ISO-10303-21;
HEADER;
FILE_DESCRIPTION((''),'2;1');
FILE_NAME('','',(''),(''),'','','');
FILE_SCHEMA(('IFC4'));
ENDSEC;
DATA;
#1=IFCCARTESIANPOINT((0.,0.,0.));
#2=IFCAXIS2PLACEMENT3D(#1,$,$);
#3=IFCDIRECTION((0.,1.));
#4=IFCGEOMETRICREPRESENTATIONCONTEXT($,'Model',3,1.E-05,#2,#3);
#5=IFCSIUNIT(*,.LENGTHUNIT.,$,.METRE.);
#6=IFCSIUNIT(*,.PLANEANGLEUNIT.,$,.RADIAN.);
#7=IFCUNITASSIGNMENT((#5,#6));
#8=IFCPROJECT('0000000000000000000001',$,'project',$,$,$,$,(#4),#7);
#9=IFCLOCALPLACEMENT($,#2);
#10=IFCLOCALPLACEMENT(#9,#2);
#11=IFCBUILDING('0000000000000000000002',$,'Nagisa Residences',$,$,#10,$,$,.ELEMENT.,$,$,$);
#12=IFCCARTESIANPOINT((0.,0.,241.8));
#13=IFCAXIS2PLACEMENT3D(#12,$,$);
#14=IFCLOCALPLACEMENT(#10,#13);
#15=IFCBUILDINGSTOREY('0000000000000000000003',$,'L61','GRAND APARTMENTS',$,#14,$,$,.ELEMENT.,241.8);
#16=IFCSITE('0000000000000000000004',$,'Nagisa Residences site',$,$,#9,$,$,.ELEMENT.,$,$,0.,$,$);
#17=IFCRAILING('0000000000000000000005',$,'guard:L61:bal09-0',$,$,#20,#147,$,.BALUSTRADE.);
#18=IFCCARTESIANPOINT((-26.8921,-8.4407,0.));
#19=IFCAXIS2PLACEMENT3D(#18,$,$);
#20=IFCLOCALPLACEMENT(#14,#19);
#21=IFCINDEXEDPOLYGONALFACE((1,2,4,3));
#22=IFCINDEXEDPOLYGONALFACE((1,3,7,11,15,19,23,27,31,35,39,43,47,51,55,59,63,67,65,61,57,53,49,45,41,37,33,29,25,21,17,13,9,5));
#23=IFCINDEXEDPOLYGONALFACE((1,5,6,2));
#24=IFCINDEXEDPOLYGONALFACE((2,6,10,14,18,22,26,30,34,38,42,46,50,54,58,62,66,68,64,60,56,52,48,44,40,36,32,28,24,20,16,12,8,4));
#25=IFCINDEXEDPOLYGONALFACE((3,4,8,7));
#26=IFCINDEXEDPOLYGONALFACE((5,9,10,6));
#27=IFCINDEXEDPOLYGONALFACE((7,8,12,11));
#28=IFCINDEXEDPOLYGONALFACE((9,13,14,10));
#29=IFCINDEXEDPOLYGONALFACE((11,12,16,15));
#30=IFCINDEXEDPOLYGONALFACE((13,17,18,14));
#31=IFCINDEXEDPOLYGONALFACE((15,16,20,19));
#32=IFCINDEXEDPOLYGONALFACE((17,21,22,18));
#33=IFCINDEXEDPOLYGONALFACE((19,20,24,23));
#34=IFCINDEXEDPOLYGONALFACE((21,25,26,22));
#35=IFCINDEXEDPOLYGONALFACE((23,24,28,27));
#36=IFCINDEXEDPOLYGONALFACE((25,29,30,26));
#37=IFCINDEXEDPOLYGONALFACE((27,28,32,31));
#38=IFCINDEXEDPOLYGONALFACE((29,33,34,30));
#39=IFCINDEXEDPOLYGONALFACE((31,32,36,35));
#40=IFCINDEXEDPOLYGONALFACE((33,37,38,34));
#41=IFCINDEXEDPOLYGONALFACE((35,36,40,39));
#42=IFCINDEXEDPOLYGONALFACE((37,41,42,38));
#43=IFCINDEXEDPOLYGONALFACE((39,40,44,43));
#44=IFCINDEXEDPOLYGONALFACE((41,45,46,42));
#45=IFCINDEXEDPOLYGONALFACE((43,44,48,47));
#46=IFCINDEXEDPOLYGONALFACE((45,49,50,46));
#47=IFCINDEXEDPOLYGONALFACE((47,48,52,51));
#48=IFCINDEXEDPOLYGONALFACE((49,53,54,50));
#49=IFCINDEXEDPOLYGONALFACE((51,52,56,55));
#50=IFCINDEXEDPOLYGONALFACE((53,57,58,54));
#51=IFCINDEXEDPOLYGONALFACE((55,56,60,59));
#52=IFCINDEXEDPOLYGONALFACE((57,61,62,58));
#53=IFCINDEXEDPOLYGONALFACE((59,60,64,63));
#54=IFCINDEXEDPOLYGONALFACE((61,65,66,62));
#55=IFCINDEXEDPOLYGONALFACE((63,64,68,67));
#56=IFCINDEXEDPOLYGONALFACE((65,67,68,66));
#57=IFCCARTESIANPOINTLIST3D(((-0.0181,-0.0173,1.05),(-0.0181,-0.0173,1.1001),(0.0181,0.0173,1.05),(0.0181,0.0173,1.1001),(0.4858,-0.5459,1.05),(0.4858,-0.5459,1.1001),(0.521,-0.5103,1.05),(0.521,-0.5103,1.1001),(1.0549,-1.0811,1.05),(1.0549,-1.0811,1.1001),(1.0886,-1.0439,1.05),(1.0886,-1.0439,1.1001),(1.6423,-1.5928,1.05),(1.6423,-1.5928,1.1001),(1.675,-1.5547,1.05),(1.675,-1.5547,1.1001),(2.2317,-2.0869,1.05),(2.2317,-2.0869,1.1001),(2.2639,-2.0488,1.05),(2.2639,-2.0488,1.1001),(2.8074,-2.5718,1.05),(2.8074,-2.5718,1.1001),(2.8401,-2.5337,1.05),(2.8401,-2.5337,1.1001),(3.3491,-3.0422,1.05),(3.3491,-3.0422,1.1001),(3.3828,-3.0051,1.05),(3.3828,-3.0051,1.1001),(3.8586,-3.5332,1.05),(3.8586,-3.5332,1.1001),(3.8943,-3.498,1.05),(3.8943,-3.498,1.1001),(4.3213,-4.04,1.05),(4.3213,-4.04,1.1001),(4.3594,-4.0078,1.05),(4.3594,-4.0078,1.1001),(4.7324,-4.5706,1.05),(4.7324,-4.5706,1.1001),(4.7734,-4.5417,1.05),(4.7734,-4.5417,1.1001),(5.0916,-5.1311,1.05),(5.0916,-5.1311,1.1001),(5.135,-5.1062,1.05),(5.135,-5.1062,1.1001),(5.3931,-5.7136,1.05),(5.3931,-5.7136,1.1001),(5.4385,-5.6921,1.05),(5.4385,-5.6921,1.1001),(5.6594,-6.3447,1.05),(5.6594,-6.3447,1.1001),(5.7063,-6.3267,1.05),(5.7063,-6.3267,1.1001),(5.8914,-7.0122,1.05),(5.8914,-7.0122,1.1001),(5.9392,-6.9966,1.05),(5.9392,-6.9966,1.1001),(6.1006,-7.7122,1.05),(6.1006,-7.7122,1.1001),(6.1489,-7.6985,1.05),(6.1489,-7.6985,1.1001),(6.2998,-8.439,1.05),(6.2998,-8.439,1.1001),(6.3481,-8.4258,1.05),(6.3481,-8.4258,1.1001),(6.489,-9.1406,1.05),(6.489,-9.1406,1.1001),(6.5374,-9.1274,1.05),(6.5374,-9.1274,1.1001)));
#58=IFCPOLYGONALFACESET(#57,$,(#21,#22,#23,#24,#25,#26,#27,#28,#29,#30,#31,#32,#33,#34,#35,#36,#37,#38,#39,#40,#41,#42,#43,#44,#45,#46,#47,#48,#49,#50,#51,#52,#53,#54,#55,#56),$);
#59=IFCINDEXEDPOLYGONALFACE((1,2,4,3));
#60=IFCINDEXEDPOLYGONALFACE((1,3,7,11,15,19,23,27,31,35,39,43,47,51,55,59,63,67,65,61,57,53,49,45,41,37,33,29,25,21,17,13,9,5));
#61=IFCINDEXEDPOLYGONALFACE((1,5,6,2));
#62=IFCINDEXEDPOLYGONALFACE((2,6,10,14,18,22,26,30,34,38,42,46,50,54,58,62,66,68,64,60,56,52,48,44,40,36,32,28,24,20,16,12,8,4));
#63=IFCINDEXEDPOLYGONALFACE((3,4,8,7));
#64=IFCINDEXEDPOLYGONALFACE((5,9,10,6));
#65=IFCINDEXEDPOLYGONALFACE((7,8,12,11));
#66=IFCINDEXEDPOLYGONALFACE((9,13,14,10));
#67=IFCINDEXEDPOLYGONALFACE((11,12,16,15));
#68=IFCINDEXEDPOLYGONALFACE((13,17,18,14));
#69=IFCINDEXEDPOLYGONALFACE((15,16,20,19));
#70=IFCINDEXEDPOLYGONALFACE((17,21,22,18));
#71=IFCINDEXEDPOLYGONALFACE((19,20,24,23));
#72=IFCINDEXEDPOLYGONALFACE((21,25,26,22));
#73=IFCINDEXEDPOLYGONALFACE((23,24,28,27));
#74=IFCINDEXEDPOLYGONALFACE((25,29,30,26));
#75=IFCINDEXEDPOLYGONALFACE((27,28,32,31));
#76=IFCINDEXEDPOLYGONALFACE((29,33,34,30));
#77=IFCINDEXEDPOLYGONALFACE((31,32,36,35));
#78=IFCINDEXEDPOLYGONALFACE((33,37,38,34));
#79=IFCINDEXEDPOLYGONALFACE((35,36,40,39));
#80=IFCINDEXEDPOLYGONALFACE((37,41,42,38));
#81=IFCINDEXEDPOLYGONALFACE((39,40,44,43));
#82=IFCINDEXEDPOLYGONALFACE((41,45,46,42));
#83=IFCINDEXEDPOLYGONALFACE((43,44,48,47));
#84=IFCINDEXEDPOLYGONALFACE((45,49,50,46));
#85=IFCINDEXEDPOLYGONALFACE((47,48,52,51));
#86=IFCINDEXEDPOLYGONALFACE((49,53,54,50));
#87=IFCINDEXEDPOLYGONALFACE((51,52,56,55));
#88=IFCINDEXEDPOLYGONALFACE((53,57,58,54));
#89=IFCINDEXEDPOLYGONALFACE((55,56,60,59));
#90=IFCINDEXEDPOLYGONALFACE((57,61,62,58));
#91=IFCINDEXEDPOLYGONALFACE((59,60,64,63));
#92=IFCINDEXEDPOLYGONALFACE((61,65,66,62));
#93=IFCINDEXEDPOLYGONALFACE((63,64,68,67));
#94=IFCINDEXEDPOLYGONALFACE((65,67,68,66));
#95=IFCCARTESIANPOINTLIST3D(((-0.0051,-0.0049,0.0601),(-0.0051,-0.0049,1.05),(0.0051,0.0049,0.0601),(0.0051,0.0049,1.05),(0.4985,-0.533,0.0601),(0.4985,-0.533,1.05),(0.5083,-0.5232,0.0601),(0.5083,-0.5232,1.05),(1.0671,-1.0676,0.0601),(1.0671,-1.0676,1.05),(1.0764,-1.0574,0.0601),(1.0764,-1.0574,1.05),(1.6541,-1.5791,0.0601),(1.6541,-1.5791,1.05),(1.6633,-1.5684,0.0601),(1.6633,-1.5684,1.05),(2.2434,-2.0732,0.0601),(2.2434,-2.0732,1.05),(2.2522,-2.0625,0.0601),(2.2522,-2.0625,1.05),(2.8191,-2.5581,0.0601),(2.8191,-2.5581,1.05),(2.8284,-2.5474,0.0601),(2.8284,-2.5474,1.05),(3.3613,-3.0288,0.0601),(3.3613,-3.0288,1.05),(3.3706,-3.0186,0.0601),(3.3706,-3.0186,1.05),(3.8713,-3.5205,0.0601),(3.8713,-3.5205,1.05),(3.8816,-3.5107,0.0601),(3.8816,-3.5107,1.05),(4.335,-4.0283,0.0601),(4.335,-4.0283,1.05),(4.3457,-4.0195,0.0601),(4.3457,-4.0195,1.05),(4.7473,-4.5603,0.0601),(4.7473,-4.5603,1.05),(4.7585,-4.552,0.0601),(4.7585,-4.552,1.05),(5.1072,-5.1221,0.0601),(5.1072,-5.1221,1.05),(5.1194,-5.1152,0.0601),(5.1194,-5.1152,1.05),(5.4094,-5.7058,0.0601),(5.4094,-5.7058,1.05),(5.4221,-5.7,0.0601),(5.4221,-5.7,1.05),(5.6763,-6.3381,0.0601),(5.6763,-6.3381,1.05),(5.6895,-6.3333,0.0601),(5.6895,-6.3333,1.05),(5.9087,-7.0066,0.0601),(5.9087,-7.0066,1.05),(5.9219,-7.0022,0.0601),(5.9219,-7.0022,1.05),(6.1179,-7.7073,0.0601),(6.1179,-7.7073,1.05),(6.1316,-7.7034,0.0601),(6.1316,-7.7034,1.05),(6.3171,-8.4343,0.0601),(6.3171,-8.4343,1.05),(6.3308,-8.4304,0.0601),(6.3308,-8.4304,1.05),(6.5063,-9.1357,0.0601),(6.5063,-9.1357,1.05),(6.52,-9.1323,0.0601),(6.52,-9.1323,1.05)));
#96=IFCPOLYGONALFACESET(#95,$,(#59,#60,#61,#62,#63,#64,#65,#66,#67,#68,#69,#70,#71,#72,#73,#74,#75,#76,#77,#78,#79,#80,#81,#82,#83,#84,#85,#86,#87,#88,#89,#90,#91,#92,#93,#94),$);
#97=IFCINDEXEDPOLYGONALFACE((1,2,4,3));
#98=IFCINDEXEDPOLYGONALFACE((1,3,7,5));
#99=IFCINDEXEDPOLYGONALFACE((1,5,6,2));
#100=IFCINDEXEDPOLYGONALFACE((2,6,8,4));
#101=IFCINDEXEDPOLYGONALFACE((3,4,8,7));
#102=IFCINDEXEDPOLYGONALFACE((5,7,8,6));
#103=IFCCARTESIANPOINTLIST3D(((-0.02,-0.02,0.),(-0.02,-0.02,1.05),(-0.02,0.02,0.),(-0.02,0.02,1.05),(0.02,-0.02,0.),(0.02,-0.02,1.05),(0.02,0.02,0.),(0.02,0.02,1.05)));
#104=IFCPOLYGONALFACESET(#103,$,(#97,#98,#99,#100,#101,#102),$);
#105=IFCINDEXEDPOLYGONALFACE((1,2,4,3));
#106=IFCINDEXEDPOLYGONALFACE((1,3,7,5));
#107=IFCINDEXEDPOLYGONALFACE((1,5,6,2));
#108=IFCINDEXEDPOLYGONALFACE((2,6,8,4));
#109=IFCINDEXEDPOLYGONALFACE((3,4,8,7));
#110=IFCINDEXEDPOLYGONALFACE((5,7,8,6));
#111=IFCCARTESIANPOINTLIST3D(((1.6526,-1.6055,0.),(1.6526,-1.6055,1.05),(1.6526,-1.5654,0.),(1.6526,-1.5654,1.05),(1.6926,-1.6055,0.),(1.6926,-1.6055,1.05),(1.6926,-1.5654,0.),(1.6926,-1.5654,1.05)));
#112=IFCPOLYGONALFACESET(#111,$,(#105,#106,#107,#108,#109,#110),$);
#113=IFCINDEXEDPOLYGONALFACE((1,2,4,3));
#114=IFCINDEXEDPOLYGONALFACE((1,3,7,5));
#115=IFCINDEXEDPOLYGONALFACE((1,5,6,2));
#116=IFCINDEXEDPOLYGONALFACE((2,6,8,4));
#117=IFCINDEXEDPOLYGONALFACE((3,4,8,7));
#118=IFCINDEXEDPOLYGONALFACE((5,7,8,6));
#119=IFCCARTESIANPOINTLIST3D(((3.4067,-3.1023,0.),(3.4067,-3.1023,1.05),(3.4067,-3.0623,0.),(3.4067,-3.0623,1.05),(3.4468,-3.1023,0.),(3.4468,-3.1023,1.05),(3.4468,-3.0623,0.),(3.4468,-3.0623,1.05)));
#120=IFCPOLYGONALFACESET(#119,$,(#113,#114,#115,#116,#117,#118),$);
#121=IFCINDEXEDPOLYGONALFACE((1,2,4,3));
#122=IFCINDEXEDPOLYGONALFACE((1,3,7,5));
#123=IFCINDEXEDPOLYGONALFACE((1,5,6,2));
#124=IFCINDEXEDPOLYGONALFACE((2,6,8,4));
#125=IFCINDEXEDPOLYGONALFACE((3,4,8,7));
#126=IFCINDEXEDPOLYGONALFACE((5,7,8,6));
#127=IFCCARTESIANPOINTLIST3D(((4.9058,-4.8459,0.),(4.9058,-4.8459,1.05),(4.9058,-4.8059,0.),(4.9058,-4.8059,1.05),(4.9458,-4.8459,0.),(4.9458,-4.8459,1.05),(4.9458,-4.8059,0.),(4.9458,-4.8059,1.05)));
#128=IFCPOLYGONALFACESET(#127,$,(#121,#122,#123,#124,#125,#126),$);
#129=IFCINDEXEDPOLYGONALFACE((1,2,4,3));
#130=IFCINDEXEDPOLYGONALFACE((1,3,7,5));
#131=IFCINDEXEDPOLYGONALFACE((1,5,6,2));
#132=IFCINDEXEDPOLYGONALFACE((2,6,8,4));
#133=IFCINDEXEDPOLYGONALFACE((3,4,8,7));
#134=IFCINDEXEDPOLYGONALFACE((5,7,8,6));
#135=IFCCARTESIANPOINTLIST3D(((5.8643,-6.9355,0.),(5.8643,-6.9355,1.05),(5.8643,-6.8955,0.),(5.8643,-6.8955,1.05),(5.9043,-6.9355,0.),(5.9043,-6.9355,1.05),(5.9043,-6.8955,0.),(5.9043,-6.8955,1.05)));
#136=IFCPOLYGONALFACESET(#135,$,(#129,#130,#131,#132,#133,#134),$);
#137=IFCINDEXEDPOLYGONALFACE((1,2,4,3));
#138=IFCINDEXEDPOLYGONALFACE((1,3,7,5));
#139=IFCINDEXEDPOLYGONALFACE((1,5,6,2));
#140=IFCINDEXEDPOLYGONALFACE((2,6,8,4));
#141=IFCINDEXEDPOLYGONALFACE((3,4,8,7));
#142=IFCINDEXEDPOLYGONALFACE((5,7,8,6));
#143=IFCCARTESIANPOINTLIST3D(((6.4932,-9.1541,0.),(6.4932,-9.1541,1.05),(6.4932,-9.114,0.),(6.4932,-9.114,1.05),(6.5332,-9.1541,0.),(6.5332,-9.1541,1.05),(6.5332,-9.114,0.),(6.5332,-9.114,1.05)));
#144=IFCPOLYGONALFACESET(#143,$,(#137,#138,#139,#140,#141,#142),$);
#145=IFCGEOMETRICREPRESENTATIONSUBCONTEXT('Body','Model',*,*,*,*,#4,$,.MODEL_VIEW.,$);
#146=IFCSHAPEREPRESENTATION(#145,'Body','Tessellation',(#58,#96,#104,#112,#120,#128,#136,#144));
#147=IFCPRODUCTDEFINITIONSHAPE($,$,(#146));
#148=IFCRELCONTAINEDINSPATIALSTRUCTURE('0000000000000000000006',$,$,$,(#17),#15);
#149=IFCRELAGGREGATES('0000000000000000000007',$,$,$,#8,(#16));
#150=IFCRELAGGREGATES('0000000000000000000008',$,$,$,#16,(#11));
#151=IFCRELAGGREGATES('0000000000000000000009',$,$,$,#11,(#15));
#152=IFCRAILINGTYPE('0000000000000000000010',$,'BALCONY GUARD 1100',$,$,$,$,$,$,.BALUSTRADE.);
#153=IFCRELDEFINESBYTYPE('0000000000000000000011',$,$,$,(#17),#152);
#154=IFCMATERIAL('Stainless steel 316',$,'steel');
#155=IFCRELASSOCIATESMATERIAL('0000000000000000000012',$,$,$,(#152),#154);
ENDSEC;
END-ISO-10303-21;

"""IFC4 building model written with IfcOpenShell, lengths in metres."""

from ifc_helpers import new_model, si_unit, direction, frame, origin, origin_2d, place, context, subcontext, project, spatial, polyline, rectangle, outline, extrude, material, type_object, element, save


model = new_model("IFC4")

# Units and contexts
model_context = context("Model", 3, precision=1e-05, world=origin(), true_north=direction((0.0, 1.0)))
body_context = subcontext(model_context, "Body", "Model", "MODEL_VIEW")
ifc_project = project(units=[si_unit("LENGTHUNIT", "METRE"), si_unit("PLANEANGLEUNIT", "RADIAN")], contexts=[model_context])

# Site, building, storey
site_placement = place(None, origin())
site = spatial("IfcSite", under=ifc_project, at=site_placement, Name="Nagisa Residences site", CompositionType="ELEMENT", RefElevation=0.0)
building_placement = place(site_placement, origin())
building = spatial("IfcBuilding", under=site, at=building_placement, Name="Nagisa Residences", CompositionType="ELEMENT")
storey_placement = place(building_placement, frame((0.0, 0.0, 241.8)))
storey = spatial("IfcBuildingStorey", under=building, at=storey_placement, Name="L61", Description="GRAND APARTMENTS", CompositionType="ELEMENT", Elevation=241.8)

# Railing
ifc_material_1 = material(Name="Stainless steel 316", Category="steel")
railing_type = type_object("IfcRailingType", Name="BALCONY GUARD 1100", PredefinedType="BALUSTRADE", material=ifc_material_1)
railing_placement = place(storey_placement, frame((-26.8921, -8.4407, 0.0)))
element("IfcRailing", 1, at=railing_placement, inside=storey, type_object=railing_type, Name="guard:L61:bal09-0", PredefinedType="BALUSTRADE", context=body_context, shape_type="SweptSolid", body=[
    extrude(outline(polyline([(0.521, -0.5103), (0.0181, 0.0173), (-0.0181, -0.0173), (0.4858, -0.5459), (1.0549, -1.0811), (1.6423, -1.5928), (2.2317, -2.0869), (2.8074, -2.5718), (3.3491, -3.0422), (3.8586, -3.5332), (4.3213, -4.04), (4.7324, -4.5706), (5.0916, -5.1311), (5.3931, -5.7136), (5.6594, -6.3447), (5.8914, -7.0122), (6.1006, -7.7122), (6.2998, -8.439), (6.489, -9.1406), (6.5374, -9.1274), (6.3481, -8.4258), (6.1489, -7.6985), (5.9392, -6.9966), (5.7063, -6.3267), (5.4385, -5.6921), (5.135, -5.1062), (4.7734, -4.5417), (4.3594, -4.0078), (3.8943, -3.498), (3.3828, -3.0051), (2.8401, -2.5337), (2.2639, -2.0488), (1.675, -1.5547), (1.0886, -1.0439), (0.521, -0.5103)])), frame((0.0, 0.0, 1.05)), (0.0, 0.0, 1.0), 0.05),
    extrude(outline(polyline([(0.5083, -0.5232), (0.0051, 0.0049), (-0.0051, -0.0049), (0.4985, -0.533), (1.0671, -1.0676), (1.6541, -1.5791), (2.2434, -2.0732), (2.8191, -2.5581), (3.3613, -3.0288), (3.8713, -3.5205), (4.335, -4.0283), (4.7473, -4.5603), (5.1072, -5.1221), (5.4094, -5.7058), (5.6763, -6.3381), (5.9087, -7.0066), (6.1179, -7.7073), (6.3171, -8.4343), (6.5063, -9.1357), (6.52, -9.1323), (6.3308, -8.4304), (6.1316, -7.7034), (5.9219, -7.0022), (5.6895, -6.3333), (5.4221, -5.7), (5.1194, -5.1152), (4.7585, -4.552), (4.3457, -4.0195), (3.8816, -3.5107), (3.3706, -3.0186), (2.8284, -2.5474), (2.2522, -2.0625), (1.6633, -1.5684), (1.0764, -1.0574), (0.5083, -0.5232)])), frame((0.0, 0.0, 0.0601)), (0.0, 0.0, 1.0), 0.99),
    extrude(rectangle(XDim=0.04, YDim=0.04, at=origin_2d()), origin(), (0.0, 0.0, 1.0), 1.05),
    extrude(rectangle(XDim=0.04, YDim=0.04, at=origin_2d()), frame((1.6726, -1.5854, 0.0)), (0.0, 0.0, 1.0), 1.05),
    extrude(rectangle(XDim=0.04, YDim=0.04, at=origin_2d()), frame((3.4268, -3.0823, 0.0)), (0.0, 0.0, 1.0), 1.05),
    extrude(rectangle(XDim=0.04, YDim=0.04, at=origin_2d()), frame((4.9258, -4.8259, 0.0)), (0.0, 0.0, 1.0), 1.05),
    extrude(rectangle(XDim=0.04, YDim=0.04, at=origin_2d()), frame((5.8843, -6.9155, 0.0)), (0.0, 0.0, 1.0), 1.05),
    extrude(rectangle(XDim=0.04, YDim=0.04, at=origin_2d()), frame((6.5132, -9.134, 0.0)), (0.0, 0.0, 1.0), 1.05),
])

save(model, "model.ifc")
